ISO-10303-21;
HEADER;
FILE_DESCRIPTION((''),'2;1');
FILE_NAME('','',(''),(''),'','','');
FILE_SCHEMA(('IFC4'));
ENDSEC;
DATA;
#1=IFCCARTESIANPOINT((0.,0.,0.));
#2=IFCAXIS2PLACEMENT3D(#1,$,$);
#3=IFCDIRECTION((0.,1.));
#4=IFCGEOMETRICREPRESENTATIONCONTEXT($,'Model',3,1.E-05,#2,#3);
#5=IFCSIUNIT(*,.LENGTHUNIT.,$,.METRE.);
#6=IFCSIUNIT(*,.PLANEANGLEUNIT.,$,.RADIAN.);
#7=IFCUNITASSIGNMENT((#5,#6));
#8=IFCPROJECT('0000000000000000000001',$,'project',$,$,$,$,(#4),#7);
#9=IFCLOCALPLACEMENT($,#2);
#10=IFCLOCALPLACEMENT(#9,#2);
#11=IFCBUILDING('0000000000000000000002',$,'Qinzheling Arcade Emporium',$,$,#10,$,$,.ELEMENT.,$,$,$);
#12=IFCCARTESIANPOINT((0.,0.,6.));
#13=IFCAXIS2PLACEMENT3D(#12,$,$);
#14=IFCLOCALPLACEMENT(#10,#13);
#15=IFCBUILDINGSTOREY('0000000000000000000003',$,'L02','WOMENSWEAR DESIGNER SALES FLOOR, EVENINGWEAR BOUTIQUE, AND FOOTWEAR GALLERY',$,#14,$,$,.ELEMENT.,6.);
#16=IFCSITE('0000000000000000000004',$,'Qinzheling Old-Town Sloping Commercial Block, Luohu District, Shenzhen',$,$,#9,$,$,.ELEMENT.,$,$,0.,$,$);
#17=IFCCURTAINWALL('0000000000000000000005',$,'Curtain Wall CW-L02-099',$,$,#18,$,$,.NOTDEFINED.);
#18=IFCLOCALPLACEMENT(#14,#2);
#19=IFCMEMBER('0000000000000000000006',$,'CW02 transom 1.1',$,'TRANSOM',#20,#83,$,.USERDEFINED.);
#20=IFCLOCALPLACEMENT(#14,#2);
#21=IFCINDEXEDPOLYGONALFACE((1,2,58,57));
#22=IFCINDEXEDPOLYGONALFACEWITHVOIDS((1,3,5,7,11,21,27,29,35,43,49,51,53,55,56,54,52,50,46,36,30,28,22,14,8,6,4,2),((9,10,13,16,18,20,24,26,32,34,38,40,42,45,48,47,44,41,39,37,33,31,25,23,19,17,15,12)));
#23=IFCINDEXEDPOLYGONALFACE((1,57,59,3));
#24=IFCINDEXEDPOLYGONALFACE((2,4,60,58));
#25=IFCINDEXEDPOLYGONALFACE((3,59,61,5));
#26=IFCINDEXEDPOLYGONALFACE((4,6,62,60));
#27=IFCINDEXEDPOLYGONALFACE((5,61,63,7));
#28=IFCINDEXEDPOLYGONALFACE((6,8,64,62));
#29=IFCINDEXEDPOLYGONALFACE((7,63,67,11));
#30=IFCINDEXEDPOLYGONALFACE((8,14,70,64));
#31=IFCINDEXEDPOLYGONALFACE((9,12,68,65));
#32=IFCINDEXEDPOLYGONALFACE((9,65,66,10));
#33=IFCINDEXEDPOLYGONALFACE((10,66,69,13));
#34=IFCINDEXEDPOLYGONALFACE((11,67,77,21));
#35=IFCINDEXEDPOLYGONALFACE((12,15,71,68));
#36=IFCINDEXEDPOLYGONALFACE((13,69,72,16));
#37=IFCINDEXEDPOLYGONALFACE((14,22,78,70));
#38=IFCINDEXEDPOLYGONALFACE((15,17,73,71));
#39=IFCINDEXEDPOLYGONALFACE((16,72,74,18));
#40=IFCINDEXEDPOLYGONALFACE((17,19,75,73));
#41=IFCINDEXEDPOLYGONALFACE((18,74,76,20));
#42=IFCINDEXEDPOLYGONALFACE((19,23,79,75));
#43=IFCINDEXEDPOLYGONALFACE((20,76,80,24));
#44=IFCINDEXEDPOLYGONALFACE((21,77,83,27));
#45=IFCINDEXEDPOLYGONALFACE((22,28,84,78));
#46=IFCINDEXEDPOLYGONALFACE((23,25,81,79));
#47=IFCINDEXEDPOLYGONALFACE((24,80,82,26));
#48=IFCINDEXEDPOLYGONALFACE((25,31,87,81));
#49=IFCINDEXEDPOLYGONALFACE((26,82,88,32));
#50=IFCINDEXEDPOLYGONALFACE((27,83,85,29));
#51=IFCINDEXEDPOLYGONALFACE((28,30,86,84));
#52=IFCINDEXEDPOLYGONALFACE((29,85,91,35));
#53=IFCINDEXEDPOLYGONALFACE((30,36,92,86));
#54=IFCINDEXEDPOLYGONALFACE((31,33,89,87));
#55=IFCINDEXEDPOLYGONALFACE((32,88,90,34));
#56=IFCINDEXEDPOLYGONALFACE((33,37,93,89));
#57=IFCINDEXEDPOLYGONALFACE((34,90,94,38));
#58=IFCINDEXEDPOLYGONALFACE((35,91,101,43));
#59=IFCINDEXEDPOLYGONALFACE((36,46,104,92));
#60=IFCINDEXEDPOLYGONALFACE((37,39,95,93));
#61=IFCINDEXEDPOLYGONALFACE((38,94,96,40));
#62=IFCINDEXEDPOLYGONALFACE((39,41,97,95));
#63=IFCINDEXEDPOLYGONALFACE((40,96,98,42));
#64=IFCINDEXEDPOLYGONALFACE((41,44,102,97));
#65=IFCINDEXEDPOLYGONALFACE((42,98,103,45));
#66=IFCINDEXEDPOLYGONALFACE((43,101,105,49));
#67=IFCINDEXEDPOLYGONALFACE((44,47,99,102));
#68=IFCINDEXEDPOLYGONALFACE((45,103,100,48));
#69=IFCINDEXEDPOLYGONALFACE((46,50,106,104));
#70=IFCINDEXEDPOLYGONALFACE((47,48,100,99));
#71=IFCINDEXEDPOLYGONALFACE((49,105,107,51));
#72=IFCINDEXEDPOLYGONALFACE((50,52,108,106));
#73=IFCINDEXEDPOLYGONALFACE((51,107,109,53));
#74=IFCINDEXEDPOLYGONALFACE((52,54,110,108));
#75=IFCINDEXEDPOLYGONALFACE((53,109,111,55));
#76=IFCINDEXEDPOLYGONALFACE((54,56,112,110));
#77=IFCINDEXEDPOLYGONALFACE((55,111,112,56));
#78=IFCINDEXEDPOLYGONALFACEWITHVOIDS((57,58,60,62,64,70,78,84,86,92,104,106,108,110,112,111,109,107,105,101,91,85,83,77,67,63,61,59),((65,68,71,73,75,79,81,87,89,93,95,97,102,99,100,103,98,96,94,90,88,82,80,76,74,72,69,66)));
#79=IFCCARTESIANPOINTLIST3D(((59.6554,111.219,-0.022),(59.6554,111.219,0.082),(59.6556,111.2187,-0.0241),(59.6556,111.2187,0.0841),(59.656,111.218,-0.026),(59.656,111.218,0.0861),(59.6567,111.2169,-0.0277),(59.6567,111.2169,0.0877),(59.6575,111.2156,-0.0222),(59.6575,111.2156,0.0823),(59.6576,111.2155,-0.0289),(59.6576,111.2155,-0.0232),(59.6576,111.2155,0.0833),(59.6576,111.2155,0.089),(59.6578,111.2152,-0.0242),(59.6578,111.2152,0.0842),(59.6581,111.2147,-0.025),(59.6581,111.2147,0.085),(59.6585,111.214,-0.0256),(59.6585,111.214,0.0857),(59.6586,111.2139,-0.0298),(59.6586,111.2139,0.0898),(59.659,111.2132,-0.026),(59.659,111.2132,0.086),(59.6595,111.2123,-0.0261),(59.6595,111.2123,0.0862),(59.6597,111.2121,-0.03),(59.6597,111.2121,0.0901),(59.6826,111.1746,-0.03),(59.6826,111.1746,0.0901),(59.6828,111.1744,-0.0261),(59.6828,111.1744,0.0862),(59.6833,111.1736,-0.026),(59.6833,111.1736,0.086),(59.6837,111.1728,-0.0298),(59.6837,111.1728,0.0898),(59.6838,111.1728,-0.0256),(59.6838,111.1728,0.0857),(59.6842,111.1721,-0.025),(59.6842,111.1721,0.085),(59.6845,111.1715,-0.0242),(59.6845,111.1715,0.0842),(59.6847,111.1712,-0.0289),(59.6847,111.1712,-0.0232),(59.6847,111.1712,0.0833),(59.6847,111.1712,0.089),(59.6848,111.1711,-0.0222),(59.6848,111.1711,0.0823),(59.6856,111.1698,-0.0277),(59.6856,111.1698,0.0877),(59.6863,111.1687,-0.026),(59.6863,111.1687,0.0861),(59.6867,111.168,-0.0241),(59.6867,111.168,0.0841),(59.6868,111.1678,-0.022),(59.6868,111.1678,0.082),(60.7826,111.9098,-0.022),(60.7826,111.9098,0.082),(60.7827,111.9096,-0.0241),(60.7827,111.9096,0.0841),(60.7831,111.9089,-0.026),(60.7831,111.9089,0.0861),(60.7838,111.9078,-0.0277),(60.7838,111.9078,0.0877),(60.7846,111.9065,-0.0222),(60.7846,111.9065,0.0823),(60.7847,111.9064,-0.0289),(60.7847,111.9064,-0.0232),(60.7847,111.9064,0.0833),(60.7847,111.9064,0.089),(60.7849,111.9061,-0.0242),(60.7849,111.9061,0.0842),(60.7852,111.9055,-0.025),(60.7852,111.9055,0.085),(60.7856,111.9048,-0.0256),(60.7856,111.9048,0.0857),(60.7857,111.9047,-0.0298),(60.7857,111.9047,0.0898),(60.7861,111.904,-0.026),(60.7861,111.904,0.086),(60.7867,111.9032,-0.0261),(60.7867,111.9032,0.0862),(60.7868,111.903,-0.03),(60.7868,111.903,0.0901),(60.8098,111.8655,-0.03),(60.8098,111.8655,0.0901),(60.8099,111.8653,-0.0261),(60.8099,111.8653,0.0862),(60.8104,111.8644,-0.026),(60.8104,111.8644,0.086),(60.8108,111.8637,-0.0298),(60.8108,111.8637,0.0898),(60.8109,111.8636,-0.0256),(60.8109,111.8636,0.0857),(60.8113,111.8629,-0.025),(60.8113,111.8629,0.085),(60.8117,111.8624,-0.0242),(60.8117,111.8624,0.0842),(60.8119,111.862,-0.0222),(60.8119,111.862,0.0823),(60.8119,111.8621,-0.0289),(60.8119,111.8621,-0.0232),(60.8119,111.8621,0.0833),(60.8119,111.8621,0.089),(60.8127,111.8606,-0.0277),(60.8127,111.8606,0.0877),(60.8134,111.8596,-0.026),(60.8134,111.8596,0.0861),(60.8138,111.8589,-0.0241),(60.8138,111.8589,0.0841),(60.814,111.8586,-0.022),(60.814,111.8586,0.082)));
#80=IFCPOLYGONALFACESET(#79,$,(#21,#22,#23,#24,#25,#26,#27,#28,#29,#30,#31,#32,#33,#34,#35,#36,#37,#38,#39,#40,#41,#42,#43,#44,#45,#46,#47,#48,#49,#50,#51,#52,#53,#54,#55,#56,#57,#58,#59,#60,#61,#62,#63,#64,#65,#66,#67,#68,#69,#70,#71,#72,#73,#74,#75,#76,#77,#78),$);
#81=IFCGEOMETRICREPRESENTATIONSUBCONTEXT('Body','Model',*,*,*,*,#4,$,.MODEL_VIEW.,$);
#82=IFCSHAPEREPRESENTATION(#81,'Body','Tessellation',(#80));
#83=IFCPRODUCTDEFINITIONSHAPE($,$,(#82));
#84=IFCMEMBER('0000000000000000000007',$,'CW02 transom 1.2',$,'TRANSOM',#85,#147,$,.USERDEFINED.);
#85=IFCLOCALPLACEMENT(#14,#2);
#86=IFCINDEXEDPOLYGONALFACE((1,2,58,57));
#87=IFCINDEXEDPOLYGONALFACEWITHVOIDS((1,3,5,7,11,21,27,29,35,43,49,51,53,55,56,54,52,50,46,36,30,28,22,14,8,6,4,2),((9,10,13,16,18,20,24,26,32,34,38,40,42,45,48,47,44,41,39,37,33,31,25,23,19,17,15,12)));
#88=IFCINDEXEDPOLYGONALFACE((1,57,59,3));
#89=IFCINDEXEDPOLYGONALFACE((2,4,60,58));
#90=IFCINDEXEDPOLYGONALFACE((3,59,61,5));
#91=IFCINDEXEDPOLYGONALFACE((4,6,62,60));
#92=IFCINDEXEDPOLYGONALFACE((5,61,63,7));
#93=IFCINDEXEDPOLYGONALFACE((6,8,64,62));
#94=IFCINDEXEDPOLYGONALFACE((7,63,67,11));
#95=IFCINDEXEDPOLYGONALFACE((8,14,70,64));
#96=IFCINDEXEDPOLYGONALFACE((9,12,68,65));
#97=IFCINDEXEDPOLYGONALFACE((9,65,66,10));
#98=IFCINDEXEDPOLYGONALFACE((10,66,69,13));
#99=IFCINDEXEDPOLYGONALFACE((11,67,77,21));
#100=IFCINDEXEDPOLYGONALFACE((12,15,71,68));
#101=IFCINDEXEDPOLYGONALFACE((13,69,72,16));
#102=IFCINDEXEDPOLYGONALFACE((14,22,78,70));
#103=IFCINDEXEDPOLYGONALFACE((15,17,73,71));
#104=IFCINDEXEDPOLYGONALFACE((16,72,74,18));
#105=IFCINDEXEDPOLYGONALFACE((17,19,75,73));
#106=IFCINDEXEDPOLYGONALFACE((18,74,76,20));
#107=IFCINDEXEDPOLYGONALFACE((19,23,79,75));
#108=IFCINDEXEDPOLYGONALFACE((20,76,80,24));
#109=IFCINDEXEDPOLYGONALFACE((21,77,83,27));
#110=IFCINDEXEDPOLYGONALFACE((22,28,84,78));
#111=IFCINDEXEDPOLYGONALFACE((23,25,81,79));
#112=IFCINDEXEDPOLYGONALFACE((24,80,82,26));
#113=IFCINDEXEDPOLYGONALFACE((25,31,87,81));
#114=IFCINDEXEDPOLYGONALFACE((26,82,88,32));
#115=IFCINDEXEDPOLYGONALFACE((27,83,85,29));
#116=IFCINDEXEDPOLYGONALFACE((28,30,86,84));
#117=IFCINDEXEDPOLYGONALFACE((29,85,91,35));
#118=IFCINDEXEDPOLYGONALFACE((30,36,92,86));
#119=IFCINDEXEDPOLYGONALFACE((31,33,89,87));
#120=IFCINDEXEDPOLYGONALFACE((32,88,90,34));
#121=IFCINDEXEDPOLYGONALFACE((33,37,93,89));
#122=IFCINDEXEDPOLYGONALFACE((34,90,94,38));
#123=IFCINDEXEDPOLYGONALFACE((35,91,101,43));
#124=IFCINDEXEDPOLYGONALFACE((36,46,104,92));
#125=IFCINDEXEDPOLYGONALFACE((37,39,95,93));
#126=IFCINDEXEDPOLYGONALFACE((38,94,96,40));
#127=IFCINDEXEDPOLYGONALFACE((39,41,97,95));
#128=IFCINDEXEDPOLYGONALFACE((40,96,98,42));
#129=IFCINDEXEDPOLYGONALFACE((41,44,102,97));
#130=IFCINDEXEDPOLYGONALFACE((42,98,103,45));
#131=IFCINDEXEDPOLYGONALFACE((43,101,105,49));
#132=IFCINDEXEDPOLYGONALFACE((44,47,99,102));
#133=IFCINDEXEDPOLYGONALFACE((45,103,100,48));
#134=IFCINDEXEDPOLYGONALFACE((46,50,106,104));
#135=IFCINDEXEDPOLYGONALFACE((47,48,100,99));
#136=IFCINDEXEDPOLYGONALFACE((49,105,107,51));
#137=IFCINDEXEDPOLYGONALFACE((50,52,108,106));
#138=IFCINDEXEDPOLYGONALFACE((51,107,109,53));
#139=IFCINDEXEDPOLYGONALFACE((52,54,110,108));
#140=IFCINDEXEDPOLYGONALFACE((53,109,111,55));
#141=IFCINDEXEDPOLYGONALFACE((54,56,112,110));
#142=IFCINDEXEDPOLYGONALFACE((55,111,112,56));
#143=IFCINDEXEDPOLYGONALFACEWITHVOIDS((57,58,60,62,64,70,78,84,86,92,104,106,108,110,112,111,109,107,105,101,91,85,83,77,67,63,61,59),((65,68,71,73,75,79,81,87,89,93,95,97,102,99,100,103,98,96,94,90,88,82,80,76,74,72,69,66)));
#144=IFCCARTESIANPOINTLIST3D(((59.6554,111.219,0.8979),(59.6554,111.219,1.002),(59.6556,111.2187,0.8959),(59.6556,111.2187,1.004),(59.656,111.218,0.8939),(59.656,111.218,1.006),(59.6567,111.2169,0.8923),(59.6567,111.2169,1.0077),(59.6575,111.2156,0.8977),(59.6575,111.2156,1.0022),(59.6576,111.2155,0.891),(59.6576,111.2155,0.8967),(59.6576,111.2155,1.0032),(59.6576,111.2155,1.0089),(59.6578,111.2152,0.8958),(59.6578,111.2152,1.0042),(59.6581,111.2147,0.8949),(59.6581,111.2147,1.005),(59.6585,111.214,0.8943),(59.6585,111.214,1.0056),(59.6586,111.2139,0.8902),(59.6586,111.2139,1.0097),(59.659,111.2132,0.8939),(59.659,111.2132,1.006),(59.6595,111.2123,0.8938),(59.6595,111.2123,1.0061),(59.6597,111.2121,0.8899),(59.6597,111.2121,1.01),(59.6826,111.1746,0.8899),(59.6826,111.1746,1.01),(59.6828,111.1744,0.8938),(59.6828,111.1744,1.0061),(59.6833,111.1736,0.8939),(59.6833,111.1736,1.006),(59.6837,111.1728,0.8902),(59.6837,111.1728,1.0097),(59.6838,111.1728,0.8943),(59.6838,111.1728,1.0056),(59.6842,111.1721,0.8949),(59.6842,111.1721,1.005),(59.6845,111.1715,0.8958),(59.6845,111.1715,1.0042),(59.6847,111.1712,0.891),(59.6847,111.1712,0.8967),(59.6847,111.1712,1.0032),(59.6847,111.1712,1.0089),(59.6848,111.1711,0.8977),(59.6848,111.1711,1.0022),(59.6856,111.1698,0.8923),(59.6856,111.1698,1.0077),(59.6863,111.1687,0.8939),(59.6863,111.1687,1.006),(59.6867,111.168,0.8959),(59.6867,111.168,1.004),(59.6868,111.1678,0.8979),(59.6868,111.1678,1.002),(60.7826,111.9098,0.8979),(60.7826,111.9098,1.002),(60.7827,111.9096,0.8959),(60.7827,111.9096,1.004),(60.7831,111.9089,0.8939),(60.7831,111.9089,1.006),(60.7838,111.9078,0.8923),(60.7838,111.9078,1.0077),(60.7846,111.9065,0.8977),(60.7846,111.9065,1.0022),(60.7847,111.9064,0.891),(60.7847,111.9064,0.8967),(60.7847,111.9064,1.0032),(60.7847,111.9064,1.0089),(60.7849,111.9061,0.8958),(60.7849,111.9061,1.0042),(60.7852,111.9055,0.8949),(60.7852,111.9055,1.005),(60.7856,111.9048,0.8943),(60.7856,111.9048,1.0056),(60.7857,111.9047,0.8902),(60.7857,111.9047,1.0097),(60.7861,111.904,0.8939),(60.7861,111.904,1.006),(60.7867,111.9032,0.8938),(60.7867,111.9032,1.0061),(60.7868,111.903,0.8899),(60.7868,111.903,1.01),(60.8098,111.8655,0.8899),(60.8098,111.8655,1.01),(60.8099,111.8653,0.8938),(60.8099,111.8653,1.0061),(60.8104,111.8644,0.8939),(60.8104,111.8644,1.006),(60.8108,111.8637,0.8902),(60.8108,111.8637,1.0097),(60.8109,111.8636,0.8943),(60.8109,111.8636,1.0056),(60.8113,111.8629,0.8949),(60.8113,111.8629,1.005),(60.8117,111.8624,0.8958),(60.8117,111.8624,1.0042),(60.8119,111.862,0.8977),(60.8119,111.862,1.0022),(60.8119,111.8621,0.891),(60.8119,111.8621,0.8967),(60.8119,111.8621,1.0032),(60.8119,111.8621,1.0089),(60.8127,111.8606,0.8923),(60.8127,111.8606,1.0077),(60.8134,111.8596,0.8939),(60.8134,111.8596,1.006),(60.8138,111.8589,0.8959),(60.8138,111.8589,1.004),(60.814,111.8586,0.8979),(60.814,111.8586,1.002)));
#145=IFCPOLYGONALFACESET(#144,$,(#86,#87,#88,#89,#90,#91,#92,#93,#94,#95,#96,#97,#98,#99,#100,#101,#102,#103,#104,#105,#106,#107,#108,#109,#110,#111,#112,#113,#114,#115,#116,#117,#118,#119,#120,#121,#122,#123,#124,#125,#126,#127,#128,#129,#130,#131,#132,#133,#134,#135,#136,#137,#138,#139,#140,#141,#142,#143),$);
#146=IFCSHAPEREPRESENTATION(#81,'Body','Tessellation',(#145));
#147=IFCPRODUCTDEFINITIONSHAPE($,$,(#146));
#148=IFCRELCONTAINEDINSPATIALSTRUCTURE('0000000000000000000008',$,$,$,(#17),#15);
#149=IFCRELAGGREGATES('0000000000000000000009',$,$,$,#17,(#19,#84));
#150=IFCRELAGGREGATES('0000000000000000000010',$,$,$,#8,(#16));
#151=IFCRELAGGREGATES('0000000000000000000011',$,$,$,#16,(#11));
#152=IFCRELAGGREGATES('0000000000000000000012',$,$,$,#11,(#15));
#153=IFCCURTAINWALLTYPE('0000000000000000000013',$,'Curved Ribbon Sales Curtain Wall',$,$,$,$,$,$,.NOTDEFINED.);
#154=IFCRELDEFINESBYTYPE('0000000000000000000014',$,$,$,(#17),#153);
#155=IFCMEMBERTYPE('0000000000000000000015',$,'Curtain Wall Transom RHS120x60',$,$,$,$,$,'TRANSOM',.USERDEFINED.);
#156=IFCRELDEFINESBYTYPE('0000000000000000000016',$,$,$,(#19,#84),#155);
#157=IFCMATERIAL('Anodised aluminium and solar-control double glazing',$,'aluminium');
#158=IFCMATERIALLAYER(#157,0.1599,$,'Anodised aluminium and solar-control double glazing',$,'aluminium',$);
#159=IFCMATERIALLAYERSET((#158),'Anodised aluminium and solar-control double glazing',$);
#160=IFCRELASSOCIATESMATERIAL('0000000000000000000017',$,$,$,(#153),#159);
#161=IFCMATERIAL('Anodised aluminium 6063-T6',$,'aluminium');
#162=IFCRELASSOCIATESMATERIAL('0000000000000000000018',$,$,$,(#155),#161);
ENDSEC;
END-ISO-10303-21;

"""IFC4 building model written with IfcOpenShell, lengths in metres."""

from ifc_helpers import new_model, si_unit, direction, frame, origin, origin_2d, place, context, subcontext, project, spatial, hollow_rectangle, extrude, material, layer, layer_set, material_profile, profile_set, type_object, element, aggregate, save


model = new_model("IFC4")

# Units and contexts
model_context = context("Model", 3, precision=1e-05, world=origin(), true_north=direction((0.0, 1.0)))
body_context = subcontext(model_context, "Body", "Model", "MODEL_VIEW")
ifc_project = project(units=[si_unit("LENGTHUNIT", "METRE"), si_unit("PLANEANGLEUNIT", "RADIAN")], contexts=[model_context])

# Site, building, storey
site_placement = place(None, origin())
site = spatial("IfcSite", under=ifc_project, at=site_placement, Name="Qinzheling Old-Town Sloping Commercial Block, Luohu District, Shenzhen", CompositionType="ELEMENT", RefElevation=0.0)
building_placement = place(site_placement, origin())
building = spatial("IfcBuilding", under=site, at=building_placement, Name="Qinzheling Arcade Emporium", CompositionType="ELEMENT")
storey_placement = place(building_placement, frame((0.0, 0.0, 6.0)))
storey = spatial("IfcBuildingStorey", under=building, at=storey_placement, Name="L02", Description="WOMENSWEAR DESIGNER SALES FLOOR, EVENINGWEAR BOUTIQUE, AND FOOTWEAR GALLERY", CompositionType="ELEMENT", Elevation=6.0)

# Curtain wall
ifc_material_1 = material(Name="Anodised aluminium and solar-control double glazing", Category="aluminium")
ifc_layer_1 = layer(ifc_material_1, 0.1599, Name="Anodised aluminium and solar-control double glazing", Category="aluminium")
ifc_layer_set_1 = layer_set([ifc_layer_1], Name="Anodised aluminium and solar-control double glazing")
curtain_wall_type = type_object("IfcCurtainWallType", Name="Curved Ribbon Sales Curtain Wall", PredefinedType="NOTDEFINED", material=ifc_layer_set_1)
curtain_wall_1_placement = place(storey_placement, origin())
curtain_wall_1 = element("IfcCurtainWall", 1, at=curtain_wall_1_placement, inside=storey, type_object=curtain_wall_type, Name="Curtain Wall CW-L02-099", PredefinedType="NOTDEFINED")
ifc_material_2 = material(Name="Anodised aluminium 6063-T6", Category="aluminium")

# Members
ifc_material_profile_1 = material_profile(ifc_material_2, hollow_rectangle(XDim=0.0601, YDim=0.1201, WallThickness=0.0039, InnerFilletRadius=0.0039, OuterFilletRadius=0.0081, at=origin_2d()), Name="RHS 120x60x4", Category="aluminium")
ifc_profile_set_1 = profile_set([ifc_material_profile_1], Name="Anodised aluminium 6063-T6")
member_type_1 = type_object("IfcMemberType", Name="Curtain Wall Transom RHS120x60", ElementType="TRANSOM", PredefinedType="USERDEFINED", material=ifc_profile_set_1)
member_1_placement = place(storey_placement, frame((59.6711, 111.1934, 0.03), z_axis=(0.852583, 0.522592, 0.0), x_axis=(-0.522592, 0.852583, 0.0)))
member_1 = element("IfcMember", 2, at=member_1_placement, type_object=member_type_1, Name="CW02 transom 1.1", ObjectType="TRANSOM", PredefinedType="USERDEFINED", context=body_context, shape_type="SweptSolid", body=[
    extrude(hollow_rectangle(XDim=0.0601, YDim=0.1201, WallThickness=0.0039, InnerFilletRadius=0.0039, OuterFilletRadius=0.0081, at=origin_2d()), origin(), (0.0, 0.0, 1.0), 1.322),
])
member_2_placement = place(storey_placement, frame((59.6711, 111.1934, 0.95), z_axis=(0.852583, 0.522592, 0.0), x_axis=(-0.522592, 0.852583, 0.0)))
member_2 = element("IfcMember", 3, at=member_2_placement, type_object=member_type_1, Name="CW02 transom 1.2", ObjectType="TRANSOM", PredefinedType="USERDEFINED", context=body_context, shape_type="SweptSolid", body=[
    extrude(hollow_rectangle(XDim=0.0601, YDim=0.1201, WallThickness=0.0039, InnerFilletRadius=0.0039, OuterFilletRadius=0.0081, at=origin_2d()), origin(), (0.0, 0.0, 1.0), 1.322),
])

aggregate(curtain_wall_1, [member_1, member_2])

save(model, "model.ifc")
